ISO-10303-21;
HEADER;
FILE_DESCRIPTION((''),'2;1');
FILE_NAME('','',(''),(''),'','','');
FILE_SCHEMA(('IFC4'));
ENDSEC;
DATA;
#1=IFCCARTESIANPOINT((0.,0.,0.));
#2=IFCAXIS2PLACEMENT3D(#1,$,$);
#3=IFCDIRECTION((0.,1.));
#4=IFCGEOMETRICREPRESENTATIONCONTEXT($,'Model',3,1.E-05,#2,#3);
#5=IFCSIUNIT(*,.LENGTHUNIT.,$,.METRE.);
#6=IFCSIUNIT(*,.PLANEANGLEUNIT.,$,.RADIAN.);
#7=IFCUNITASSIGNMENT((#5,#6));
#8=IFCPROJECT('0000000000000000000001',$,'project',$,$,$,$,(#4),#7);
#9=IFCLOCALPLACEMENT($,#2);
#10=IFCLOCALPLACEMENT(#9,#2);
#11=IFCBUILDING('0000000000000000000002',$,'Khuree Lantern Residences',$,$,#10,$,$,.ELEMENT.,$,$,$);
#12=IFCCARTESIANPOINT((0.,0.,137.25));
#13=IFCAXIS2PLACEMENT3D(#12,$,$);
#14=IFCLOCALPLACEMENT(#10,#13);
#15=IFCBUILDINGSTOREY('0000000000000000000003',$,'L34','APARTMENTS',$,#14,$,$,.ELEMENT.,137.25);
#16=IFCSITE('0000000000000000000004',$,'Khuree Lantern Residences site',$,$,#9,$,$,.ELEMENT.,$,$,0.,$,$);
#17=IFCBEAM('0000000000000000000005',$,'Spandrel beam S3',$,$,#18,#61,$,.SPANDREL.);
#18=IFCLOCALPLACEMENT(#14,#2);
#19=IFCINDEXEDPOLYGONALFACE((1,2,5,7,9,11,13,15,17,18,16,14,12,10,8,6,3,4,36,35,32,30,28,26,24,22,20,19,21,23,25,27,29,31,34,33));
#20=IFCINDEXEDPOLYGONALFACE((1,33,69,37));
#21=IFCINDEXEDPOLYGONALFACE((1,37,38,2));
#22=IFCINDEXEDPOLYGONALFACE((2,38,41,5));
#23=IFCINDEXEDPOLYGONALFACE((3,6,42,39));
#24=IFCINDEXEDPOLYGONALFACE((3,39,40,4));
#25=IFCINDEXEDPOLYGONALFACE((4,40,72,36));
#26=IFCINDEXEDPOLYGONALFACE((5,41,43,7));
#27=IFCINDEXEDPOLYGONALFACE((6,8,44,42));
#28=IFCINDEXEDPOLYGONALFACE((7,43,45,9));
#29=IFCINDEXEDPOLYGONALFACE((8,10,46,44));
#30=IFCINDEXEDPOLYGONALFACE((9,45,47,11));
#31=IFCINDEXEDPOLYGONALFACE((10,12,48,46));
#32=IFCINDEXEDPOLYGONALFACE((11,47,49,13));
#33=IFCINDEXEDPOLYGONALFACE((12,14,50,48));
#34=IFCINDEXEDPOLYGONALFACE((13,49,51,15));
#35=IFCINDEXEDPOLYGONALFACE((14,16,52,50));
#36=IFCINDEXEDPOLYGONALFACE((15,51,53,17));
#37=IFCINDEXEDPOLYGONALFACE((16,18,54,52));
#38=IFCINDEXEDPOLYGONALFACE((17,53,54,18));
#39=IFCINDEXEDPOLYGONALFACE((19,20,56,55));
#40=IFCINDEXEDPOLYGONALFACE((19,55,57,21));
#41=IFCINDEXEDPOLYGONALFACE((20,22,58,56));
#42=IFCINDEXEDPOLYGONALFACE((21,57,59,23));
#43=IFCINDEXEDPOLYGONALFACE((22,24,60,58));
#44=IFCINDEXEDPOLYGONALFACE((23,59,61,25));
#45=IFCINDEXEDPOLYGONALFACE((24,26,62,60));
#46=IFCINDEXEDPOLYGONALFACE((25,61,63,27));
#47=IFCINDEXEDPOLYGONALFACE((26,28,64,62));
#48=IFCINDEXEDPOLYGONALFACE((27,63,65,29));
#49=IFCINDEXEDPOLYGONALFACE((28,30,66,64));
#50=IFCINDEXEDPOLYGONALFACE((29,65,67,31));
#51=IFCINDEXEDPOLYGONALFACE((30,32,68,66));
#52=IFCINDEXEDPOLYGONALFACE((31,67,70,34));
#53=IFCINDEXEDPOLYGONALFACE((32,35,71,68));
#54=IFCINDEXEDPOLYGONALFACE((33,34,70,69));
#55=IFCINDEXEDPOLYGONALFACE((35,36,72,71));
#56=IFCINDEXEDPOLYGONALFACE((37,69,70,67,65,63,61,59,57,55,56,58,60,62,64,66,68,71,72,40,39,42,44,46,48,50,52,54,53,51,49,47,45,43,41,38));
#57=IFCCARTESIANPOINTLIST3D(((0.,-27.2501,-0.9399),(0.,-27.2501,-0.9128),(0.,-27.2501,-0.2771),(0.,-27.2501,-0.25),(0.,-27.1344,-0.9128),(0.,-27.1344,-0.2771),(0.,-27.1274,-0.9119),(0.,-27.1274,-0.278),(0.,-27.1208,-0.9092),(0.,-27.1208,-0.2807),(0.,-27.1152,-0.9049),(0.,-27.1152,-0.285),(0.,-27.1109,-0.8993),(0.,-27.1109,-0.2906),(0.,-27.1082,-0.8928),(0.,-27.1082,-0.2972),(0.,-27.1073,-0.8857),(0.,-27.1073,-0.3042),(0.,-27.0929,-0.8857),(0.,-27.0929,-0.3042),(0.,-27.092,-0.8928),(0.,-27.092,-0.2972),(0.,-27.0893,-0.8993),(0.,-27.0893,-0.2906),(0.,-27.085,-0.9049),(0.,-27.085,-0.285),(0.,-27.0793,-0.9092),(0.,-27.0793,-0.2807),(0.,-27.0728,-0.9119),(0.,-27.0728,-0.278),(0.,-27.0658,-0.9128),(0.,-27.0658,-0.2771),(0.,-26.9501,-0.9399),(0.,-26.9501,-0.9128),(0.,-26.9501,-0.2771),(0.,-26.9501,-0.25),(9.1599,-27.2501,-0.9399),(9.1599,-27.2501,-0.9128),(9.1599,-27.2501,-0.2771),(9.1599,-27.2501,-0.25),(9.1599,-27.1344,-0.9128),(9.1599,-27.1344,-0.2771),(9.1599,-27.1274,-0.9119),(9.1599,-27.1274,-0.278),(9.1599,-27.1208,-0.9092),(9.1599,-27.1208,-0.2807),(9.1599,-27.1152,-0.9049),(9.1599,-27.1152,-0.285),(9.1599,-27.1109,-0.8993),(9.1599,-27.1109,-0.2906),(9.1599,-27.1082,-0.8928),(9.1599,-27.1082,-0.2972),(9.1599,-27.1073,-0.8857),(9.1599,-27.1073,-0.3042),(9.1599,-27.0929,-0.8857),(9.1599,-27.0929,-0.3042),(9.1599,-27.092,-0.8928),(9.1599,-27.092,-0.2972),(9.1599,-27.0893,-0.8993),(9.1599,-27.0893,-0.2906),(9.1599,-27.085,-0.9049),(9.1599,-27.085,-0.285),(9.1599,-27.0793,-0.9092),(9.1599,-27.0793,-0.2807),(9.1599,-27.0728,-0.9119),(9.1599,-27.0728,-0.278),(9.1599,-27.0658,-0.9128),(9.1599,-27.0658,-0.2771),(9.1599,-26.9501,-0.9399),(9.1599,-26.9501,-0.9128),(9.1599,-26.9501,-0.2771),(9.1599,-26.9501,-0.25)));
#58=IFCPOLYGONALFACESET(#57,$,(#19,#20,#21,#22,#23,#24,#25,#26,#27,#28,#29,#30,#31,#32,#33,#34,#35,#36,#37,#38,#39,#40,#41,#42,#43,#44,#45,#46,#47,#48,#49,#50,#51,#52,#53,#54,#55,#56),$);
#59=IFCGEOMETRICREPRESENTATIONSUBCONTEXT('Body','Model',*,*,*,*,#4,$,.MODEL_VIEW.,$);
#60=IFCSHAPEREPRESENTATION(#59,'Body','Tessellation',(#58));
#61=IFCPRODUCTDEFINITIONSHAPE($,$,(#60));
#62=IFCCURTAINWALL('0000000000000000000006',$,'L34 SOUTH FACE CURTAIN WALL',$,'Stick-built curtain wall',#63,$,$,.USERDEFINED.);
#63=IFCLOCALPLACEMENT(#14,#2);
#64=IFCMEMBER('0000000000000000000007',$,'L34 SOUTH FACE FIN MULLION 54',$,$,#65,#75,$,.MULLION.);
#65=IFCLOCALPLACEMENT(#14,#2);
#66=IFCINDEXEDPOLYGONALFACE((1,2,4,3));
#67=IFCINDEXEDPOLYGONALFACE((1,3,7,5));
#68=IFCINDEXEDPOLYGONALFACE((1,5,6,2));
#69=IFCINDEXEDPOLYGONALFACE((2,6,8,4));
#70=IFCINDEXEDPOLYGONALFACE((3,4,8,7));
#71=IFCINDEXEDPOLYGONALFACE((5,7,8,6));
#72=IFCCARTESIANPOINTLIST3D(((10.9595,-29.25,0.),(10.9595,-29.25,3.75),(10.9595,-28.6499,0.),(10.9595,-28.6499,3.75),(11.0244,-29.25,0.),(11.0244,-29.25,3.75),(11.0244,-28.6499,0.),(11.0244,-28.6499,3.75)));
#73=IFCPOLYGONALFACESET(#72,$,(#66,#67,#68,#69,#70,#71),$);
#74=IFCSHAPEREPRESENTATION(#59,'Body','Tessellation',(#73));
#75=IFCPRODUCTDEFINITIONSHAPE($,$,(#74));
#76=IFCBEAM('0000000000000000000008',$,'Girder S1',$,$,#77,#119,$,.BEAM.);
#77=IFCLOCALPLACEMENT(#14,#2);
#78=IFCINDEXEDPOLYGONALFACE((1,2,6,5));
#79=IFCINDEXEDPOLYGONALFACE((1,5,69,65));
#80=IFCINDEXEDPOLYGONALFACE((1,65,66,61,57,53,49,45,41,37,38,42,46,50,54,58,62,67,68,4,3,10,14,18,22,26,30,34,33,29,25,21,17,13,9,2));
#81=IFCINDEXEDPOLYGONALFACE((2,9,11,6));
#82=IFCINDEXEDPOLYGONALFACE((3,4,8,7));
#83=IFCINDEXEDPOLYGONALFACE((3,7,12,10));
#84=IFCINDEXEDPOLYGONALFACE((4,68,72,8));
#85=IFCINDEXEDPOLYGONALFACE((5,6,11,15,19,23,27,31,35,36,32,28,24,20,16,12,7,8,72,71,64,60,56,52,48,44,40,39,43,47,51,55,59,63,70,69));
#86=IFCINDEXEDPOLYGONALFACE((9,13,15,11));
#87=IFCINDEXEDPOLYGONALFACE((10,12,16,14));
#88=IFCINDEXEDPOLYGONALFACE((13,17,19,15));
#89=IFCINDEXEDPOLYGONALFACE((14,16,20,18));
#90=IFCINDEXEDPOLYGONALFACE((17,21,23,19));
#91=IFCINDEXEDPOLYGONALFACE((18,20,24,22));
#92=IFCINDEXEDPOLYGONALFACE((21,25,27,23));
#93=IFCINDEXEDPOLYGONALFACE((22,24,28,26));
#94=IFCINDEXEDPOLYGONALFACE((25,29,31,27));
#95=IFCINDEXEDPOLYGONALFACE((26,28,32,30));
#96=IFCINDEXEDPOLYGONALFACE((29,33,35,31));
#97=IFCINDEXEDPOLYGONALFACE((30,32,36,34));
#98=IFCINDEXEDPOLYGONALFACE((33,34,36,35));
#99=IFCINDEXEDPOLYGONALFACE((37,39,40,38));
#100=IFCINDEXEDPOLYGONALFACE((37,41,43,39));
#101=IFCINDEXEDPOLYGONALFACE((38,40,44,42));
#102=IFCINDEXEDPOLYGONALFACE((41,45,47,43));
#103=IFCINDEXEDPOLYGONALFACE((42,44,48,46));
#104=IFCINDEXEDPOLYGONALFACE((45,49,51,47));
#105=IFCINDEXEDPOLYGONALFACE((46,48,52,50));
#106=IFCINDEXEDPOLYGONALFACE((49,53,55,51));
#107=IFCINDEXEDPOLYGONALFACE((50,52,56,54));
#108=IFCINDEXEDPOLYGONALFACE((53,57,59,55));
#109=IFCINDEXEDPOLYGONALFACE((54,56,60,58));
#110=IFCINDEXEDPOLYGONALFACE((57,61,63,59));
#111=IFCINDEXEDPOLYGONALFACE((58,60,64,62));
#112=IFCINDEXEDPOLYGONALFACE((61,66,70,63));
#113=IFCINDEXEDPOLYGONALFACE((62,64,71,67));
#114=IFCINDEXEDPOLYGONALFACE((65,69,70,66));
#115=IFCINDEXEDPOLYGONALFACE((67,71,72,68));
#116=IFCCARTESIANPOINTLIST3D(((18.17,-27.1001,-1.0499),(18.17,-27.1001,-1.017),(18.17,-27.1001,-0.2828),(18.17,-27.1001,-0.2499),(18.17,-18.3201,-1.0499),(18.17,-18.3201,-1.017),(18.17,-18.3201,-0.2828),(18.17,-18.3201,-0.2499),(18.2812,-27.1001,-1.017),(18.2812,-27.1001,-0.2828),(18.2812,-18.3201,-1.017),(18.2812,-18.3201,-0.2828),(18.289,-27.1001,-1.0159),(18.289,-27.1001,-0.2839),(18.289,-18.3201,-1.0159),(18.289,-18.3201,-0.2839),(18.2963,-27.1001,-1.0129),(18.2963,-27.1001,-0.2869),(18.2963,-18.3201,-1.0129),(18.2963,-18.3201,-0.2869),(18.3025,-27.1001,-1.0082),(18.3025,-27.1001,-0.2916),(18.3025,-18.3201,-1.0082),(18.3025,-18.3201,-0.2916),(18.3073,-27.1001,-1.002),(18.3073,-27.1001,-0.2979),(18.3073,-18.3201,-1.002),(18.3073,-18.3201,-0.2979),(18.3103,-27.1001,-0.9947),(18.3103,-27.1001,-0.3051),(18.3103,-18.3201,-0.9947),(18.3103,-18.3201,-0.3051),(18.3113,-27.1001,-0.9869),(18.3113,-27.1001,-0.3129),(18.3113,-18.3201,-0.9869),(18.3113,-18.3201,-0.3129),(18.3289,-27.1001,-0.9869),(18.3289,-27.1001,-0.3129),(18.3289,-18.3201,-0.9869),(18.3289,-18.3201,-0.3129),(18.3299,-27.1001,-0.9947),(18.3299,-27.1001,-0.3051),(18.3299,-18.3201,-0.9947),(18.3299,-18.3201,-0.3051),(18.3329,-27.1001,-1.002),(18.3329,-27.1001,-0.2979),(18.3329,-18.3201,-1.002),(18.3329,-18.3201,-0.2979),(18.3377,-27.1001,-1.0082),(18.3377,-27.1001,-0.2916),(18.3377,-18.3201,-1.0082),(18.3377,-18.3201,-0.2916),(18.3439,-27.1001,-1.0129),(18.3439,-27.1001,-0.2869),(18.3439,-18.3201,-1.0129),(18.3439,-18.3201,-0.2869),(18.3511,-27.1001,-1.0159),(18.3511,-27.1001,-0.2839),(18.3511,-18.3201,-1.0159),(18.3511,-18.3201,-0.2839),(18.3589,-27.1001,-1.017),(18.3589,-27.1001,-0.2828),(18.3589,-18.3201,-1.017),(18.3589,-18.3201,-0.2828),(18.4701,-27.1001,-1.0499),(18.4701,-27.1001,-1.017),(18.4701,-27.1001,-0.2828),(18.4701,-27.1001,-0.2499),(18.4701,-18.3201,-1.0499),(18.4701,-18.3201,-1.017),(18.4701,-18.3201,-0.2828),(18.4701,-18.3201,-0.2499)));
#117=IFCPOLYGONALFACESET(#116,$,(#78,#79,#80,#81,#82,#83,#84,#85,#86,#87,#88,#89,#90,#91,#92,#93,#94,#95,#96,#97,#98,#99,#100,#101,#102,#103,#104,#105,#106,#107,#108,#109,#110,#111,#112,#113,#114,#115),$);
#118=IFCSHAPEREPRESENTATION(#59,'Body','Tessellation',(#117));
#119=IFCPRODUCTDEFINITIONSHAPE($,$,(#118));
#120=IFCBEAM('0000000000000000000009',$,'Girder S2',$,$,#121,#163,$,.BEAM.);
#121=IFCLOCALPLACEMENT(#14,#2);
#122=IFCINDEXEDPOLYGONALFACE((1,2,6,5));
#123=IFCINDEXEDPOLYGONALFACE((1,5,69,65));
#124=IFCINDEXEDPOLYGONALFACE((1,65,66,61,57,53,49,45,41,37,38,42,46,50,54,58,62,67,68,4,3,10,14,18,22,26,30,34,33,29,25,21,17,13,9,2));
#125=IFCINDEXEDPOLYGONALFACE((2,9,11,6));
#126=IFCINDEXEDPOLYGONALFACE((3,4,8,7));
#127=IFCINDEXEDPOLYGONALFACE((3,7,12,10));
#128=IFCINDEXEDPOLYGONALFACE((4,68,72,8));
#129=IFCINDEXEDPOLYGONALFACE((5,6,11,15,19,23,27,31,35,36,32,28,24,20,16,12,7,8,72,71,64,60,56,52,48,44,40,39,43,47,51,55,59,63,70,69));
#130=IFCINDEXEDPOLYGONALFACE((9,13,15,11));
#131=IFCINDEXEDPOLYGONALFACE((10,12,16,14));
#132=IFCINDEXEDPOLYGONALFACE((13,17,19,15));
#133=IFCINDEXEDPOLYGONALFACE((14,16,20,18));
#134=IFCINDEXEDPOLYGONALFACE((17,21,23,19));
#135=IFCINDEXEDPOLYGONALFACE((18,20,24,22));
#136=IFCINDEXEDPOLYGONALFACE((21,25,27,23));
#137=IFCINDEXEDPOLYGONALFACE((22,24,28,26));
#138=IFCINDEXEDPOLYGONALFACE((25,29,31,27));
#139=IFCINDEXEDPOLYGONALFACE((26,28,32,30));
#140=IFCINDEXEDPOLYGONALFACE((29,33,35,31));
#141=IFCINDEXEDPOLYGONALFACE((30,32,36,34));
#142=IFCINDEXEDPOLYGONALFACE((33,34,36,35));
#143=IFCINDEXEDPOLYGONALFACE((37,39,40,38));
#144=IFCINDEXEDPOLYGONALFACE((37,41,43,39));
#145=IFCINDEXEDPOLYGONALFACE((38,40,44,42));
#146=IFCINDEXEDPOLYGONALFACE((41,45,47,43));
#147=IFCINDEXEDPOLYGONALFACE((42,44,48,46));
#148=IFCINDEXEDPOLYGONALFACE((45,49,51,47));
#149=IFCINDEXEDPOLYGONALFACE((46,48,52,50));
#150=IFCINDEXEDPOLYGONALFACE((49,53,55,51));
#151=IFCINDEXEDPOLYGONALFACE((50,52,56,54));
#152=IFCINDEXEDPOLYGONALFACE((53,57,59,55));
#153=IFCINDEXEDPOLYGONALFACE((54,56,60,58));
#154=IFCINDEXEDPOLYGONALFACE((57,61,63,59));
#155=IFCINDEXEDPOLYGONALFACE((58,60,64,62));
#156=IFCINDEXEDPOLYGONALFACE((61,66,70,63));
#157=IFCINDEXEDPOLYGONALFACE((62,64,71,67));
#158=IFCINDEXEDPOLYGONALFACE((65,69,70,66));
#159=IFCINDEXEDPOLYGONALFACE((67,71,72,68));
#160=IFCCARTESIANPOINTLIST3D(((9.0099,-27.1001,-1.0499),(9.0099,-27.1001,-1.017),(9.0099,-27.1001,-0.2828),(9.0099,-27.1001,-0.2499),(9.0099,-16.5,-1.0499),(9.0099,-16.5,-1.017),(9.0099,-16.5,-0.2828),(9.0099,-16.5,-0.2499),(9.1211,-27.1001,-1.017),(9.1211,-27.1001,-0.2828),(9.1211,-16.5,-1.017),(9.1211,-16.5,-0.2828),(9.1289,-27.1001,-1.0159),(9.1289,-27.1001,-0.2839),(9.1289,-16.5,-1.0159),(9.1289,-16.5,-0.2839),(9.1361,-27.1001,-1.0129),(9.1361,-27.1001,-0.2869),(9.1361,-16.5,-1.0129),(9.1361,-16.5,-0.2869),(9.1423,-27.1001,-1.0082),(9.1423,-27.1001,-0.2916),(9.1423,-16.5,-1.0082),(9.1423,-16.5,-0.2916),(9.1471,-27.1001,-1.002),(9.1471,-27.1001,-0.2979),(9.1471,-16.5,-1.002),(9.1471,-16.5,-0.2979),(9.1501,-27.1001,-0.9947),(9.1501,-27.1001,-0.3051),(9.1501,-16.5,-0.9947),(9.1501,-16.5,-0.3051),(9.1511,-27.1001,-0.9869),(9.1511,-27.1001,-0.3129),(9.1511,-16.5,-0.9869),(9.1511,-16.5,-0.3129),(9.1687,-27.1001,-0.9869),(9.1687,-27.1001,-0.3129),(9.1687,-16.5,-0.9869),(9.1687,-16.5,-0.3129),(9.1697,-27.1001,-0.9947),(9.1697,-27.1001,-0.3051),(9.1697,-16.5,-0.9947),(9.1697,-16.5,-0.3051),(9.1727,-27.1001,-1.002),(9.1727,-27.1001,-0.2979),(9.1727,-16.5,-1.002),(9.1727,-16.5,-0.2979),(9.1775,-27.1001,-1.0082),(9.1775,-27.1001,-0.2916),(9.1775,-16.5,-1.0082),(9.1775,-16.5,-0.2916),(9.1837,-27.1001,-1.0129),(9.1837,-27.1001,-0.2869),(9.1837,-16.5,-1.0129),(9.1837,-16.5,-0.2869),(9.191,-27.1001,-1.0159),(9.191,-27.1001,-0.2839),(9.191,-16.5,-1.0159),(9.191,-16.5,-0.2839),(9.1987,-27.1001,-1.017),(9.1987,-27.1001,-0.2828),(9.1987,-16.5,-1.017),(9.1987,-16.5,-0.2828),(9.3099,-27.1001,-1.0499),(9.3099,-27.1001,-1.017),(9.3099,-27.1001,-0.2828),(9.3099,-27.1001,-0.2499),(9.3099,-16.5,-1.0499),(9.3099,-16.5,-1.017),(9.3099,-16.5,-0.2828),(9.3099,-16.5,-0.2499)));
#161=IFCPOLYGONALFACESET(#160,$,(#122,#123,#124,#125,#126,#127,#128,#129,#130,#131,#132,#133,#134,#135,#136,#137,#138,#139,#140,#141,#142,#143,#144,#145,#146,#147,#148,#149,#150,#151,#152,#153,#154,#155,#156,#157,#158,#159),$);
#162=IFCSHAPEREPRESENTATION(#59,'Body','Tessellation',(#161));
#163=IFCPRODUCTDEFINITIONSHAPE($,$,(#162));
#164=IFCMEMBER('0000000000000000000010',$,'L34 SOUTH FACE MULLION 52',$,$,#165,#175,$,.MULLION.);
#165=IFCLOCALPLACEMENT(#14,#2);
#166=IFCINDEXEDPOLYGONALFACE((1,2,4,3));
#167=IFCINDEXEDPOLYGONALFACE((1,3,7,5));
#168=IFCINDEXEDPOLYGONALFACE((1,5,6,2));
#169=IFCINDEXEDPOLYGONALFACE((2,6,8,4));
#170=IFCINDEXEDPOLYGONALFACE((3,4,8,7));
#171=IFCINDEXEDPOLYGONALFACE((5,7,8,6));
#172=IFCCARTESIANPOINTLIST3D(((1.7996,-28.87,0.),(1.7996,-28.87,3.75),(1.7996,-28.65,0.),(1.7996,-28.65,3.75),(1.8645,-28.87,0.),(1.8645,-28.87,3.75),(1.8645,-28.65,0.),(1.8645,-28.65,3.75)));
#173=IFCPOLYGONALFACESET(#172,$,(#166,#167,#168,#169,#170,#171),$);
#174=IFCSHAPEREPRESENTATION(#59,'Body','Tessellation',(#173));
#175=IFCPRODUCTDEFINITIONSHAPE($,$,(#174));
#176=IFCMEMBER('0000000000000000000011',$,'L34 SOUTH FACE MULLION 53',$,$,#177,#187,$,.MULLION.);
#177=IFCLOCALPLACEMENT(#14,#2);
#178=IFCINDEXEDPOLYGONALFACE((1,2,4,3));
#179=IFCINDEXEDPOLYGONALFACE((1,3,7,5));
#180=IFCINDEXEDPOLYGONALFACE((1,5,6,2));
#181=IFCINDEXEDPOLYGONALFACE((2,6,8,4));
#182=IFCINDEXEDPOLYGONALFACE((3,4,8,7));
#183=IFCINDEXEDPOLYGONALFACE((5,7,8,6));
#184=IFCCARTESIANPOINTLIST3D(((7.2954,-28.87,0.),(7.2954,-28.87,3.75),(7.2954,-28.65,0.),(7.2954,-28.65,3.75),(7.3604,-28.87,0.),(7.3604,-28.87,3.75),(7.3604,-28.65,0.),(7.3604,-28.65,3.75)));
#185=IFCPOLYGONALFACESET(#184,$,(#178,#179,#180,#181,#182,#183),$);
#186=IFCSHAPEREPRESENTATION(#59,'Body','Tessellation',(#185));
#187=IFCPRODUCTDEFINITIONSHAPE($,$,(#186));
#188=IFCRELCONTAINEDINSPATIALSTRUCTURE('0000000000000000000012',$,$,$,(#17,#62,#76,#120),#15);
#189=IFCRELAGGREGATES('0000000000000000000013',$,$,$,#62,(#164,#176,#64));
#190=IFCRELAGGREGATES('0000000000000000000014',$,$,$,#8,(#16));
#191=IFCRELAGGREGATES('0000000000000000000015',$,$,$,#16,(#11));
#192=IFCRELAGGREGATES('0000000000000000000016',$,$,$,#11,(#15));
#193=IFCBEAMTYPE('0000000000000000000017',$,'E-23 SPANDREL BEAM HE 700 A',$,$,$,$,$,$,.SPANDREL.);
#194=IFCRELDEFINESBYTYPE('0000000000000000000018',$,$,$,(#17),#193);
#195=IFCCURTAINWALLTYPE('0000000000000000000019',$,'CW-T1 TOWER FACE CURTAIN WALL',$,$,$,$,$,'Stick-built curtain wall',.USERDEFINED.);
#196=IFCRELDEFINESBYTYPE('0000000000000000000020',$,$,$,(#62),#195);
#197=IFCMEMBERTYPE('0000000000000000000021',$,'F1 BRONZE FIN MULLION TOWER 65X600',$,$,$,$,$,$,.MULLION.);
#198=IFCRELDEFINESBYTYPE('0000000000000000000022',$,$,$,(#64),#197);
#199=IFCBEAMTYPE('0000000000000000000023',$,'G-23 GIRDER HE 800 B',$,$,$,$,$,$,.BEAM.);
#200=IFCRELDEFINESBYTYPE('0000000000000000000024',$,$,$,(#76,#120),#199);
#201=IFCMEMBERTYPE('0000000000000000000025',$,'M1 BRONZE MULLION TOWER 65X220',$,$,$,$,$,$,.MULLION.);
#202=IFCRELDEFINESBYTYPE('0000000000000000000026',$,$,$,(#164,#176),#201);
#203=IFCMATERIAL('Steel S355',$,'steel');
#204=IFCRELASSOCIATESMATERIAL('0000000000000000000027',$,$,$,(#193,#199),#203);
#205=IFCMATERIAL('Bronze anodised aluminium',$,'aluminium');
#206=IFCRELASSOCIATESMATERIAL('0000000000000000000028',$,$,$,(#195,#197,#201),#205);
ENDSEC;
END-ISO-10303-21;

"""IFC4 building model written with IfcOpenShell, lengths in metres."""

from ifc_helpers import new_model, si_unit, direction, frame, origin, origin_2d, place, context, subcontext, project, spatial, rectangle, i_section, extrude, material, material_profile, profile_set, type_object, element, aggregate, save


model = new_model("IFC4")

# Units and contexts
model_context = context("Model", 3, precision=1e-05, world=origin(), true_north=direction((0.0, 1.0)))
body_context = subcontext(model_context, "Body", "Model", "MODEL_VIEW")
ifc_project = project(units=[si_unit("LENGTHUNIT", "METRE"), si_unit("PLANEANGLEUNIT", "RADIAN")], contexts=[model_context])

# Site, building, storey
site_placement = place(None, origin())
site = spatial("IfcSite", under=ifc_project, at=site_placement, Name="Khuree Lantern Residences site", CompositionType="ELEMENT", RefElevation=0.0)
building_placement = place(site_placement, origin())
building = spatial("IfcBuilding", under=site, at=building_placement, Name="Khuree Lantern Residences", CompositionType="ELEMENT")
storey_placement = place(building_placement, frame((0.0, 0.0, 137.25)))
storey = spatial("IfcBuildingStorey", under=building, at=storey_placement, Name="L34", Description="APARTMENTS", CompositionType="ELEMENT", Elevation=137.25)

# Beam
ifc_material_1 = material(Name="Steel S355", Category="steel")
ifc_material_profile_1 = material_profile(ifc_material_1, i_section(OverallWidth=0.3, OverallDepth=0.6899, WebThickness=0.0144, FlangeThickness=0.0271, FilletRadius=0.0271, at=origin_2d()), Name="HE 700 A")
ifc_profile_set_1 = profile_set([ifc_material_profile_1], Name="Steel S355")
beam_type_1 = type_object("IfcBeamType", Name="E-23 SPANDREL BEAM HE 700 A", PredefinedType="SPANDREL", material=ifc_profile_set_1)
beam_1_placement = place(storey_placement, frame((9.1599, -27.1001, -0.595), z_axis=(-1.0, 0.0, 0.0), x_axis=(0.0, -1.0, 0.0)))
element("IfcBeam", 1, at=beam_1_placement, inside=storey, type_object=beam_type_1, Name="Spandrel beam S3", PredefinedType="SPANDREL", context=body_context, shape_type="SweptSolid", body=[
    extrude(i_section(OverallWidth=0.3, OverallDepth=0.6899, WebThickness=0.0144, FlangeThickness=0.0271, FilletRadius=0.0271, at=origin_2d()), origin(), (0.0, 0.0, 1.0), 9.1599),
])

# Curtain wall, member
ifc_material_2 = material(Name="Bronze anodised aluminium", Category="aluminium")
curtain_wall_type = type_object("IfcCurtainWallType", Name="CW-T1 TOWER FACE CURTAIN WALL", ElementType="Stick-built curtain wall", PredefinedType="USERDEFINED", material=ifc_material_2)
curtain_wall_placement = place(storey_placement, origin())
curtain_wall = element("IfcCurtainWall", 2, at=curtain_wall_placement, inside=storey, type_object=curtain_wall_type, Name="L34 SOUTH FACE CURTAIN WALL", ObjectType="Stick-built curtain wall", PredefinedType="USERDEFINED")
ifc_material_profile_2 = material_profile(ifc_material_2, rectangle(XDim=0.0649, YDim=0.6001, at=origin_2d()), Name="F1 65X600")
ifc_profile_set_2 = profile_set([ifc_material_profile_2], Name="Bronze anodised aluminium")
member_type_1 = type_object("IfcMemberType", Name="F1 BRONZE FIN MULLION TOWER 65X600", PredefinedType="MULLION", material=ifc_profile_set_2)
member_1_placement = place(storey_placement, frame((10.9919, -28.95, 0.0), z_axis=(0.0, 0.0, 1.0), x_axis=(1.0, 0.0, 0.0)))
member_1 = element("IfcMember", 3, at=member_1_placement, type_object=member_type_1, Name="L34 SOUTH FACE FIN MULLION 54", PredefinedType="MULLION", context=body_context, shape_type="SweptSolid", body=[
    extrude(rectangle(XDim=0.0649, YDim=0.6001, at=origin_2d()), origin(), (0.0, 0.0, 1.0), 3.75),
])

# Beams
ifc_material_profile_3 = material_profile(ifc_material_1, i_section(OverallWidth=0.3, OverallDepth=0.8, WebThickness=0.0176, FlangeThickness=0.033, FilletRadius=0.03, at=origin_2d()), Name="HE 800 B")
ifc_profile_set_3 = profile_set([ifc_material_profile_3], Name="Steel S355")
beam_type_2 = type_object("IfcBeamType", Name="G-23 GIRDER HE 800 B", PredefinedType="BEAM", material=ifc_profile_set_3)
beam_2_placement = place(storey_placement, frame((18.3201, -27.1001, -0.6499), z_axis=(0.0, 1.0, 0.0), x_axis=(-1.0, 0.0, 0.0)))
element("IfcBeam", 4, at=beam_2_placement, inside=storey, type_object=beam_type_2, Name="Girder S1", PredefinedType="BEAM", context=body_context, shape_type="SweptSolid", body=[
    extrude(i_section(OverallWidth=0.3, OverallDepth=0.8, WebThickness=0.0176, FlangeThickness=0.033, FilletRadius=0.03, at=origin_2d()), origin(), (0.0, 0.0, 1.0), 8.78),
])
beam_3_placement = place(storey_placement, frame((9.1599, -27.1001, -0.6499), z_axis=(0.0, 1.0, 0.0), x_axis=(-1.0, 0.0, 0.0)))
element("IfcBeam", 5, at=beam_3_placement, inside=storey, type_object=beam_type_2, Name="Girder S2", PredefinedType="BEAM", context=body_context, shape_type="SweptSolid", body=[
    extrude(i_section(OverallWidth=0.3, OverallDepth=0.8, WebThickness=0.0176, FlangeThickness=0.033, FilletRadius=0.03, at=origin_2d()), origin(), (0.0, 0.0, 1.0), 10.6001),
])

# Members
ifc_material_profile_4 = material_profile(ifc_material_2, rectangle(XDim=0.0649, YDim=0.22, at=origin_2d()), Name="M1 65X220")
ifc_profile_set_4 = profile_set([ifc_material_profile_4], Name="Bronze anodised aluminium")
member_type_2 = type_object("IfcMemberType", Name="M1 BRONZE MULLION TOWER 65X220", PredefinedType="MULLION", material=ifc_profile_set_4)
member_2_placement = place(storey_placement, frame((1.832, -28.76, 0.0), z_axis=(0.0, 0.0, 1.0), x_axis=(1.0, 0.0, 0.0)))
member_2 = element("IfcMember", 6, at=member_2_placement, type_object=member_type_2, Name="L34 SOUTH FACE MULLION 52", PredefinedType="MULLION", context=body_context, shape_type="SweptSolid", body=[
    extrude(rectangle(XDim=0.0649, YDim=0.22, at=origin_2d()), origin(), (0.0, 0.0, 1.0), 3.75),
])
member_3_placement = place(storey_placement, frame((7.3279, -28.76, 0.0), z_axis=(0.0, 0.0, 1.0), x_axis=(1.0, 0.0, 0.0)))
member_3 = element("IfcMember", 7, at=member_3_placement, type_object=member_type_2, Name="L34 SOUTH FACE MULLION 53", PredefinedType="MULLION", context=body_context, shape_type="SweptSolid", body=[
    extrude(rectangle(XDim=0.0649, YDim=0.22, at=origin_2d()), origin(), (0.0, 0.0, 1.0), 3.75),
])

aggregate(curtain_wall, [member_2, member_3, member_1])

save(model, "model.ifc")
